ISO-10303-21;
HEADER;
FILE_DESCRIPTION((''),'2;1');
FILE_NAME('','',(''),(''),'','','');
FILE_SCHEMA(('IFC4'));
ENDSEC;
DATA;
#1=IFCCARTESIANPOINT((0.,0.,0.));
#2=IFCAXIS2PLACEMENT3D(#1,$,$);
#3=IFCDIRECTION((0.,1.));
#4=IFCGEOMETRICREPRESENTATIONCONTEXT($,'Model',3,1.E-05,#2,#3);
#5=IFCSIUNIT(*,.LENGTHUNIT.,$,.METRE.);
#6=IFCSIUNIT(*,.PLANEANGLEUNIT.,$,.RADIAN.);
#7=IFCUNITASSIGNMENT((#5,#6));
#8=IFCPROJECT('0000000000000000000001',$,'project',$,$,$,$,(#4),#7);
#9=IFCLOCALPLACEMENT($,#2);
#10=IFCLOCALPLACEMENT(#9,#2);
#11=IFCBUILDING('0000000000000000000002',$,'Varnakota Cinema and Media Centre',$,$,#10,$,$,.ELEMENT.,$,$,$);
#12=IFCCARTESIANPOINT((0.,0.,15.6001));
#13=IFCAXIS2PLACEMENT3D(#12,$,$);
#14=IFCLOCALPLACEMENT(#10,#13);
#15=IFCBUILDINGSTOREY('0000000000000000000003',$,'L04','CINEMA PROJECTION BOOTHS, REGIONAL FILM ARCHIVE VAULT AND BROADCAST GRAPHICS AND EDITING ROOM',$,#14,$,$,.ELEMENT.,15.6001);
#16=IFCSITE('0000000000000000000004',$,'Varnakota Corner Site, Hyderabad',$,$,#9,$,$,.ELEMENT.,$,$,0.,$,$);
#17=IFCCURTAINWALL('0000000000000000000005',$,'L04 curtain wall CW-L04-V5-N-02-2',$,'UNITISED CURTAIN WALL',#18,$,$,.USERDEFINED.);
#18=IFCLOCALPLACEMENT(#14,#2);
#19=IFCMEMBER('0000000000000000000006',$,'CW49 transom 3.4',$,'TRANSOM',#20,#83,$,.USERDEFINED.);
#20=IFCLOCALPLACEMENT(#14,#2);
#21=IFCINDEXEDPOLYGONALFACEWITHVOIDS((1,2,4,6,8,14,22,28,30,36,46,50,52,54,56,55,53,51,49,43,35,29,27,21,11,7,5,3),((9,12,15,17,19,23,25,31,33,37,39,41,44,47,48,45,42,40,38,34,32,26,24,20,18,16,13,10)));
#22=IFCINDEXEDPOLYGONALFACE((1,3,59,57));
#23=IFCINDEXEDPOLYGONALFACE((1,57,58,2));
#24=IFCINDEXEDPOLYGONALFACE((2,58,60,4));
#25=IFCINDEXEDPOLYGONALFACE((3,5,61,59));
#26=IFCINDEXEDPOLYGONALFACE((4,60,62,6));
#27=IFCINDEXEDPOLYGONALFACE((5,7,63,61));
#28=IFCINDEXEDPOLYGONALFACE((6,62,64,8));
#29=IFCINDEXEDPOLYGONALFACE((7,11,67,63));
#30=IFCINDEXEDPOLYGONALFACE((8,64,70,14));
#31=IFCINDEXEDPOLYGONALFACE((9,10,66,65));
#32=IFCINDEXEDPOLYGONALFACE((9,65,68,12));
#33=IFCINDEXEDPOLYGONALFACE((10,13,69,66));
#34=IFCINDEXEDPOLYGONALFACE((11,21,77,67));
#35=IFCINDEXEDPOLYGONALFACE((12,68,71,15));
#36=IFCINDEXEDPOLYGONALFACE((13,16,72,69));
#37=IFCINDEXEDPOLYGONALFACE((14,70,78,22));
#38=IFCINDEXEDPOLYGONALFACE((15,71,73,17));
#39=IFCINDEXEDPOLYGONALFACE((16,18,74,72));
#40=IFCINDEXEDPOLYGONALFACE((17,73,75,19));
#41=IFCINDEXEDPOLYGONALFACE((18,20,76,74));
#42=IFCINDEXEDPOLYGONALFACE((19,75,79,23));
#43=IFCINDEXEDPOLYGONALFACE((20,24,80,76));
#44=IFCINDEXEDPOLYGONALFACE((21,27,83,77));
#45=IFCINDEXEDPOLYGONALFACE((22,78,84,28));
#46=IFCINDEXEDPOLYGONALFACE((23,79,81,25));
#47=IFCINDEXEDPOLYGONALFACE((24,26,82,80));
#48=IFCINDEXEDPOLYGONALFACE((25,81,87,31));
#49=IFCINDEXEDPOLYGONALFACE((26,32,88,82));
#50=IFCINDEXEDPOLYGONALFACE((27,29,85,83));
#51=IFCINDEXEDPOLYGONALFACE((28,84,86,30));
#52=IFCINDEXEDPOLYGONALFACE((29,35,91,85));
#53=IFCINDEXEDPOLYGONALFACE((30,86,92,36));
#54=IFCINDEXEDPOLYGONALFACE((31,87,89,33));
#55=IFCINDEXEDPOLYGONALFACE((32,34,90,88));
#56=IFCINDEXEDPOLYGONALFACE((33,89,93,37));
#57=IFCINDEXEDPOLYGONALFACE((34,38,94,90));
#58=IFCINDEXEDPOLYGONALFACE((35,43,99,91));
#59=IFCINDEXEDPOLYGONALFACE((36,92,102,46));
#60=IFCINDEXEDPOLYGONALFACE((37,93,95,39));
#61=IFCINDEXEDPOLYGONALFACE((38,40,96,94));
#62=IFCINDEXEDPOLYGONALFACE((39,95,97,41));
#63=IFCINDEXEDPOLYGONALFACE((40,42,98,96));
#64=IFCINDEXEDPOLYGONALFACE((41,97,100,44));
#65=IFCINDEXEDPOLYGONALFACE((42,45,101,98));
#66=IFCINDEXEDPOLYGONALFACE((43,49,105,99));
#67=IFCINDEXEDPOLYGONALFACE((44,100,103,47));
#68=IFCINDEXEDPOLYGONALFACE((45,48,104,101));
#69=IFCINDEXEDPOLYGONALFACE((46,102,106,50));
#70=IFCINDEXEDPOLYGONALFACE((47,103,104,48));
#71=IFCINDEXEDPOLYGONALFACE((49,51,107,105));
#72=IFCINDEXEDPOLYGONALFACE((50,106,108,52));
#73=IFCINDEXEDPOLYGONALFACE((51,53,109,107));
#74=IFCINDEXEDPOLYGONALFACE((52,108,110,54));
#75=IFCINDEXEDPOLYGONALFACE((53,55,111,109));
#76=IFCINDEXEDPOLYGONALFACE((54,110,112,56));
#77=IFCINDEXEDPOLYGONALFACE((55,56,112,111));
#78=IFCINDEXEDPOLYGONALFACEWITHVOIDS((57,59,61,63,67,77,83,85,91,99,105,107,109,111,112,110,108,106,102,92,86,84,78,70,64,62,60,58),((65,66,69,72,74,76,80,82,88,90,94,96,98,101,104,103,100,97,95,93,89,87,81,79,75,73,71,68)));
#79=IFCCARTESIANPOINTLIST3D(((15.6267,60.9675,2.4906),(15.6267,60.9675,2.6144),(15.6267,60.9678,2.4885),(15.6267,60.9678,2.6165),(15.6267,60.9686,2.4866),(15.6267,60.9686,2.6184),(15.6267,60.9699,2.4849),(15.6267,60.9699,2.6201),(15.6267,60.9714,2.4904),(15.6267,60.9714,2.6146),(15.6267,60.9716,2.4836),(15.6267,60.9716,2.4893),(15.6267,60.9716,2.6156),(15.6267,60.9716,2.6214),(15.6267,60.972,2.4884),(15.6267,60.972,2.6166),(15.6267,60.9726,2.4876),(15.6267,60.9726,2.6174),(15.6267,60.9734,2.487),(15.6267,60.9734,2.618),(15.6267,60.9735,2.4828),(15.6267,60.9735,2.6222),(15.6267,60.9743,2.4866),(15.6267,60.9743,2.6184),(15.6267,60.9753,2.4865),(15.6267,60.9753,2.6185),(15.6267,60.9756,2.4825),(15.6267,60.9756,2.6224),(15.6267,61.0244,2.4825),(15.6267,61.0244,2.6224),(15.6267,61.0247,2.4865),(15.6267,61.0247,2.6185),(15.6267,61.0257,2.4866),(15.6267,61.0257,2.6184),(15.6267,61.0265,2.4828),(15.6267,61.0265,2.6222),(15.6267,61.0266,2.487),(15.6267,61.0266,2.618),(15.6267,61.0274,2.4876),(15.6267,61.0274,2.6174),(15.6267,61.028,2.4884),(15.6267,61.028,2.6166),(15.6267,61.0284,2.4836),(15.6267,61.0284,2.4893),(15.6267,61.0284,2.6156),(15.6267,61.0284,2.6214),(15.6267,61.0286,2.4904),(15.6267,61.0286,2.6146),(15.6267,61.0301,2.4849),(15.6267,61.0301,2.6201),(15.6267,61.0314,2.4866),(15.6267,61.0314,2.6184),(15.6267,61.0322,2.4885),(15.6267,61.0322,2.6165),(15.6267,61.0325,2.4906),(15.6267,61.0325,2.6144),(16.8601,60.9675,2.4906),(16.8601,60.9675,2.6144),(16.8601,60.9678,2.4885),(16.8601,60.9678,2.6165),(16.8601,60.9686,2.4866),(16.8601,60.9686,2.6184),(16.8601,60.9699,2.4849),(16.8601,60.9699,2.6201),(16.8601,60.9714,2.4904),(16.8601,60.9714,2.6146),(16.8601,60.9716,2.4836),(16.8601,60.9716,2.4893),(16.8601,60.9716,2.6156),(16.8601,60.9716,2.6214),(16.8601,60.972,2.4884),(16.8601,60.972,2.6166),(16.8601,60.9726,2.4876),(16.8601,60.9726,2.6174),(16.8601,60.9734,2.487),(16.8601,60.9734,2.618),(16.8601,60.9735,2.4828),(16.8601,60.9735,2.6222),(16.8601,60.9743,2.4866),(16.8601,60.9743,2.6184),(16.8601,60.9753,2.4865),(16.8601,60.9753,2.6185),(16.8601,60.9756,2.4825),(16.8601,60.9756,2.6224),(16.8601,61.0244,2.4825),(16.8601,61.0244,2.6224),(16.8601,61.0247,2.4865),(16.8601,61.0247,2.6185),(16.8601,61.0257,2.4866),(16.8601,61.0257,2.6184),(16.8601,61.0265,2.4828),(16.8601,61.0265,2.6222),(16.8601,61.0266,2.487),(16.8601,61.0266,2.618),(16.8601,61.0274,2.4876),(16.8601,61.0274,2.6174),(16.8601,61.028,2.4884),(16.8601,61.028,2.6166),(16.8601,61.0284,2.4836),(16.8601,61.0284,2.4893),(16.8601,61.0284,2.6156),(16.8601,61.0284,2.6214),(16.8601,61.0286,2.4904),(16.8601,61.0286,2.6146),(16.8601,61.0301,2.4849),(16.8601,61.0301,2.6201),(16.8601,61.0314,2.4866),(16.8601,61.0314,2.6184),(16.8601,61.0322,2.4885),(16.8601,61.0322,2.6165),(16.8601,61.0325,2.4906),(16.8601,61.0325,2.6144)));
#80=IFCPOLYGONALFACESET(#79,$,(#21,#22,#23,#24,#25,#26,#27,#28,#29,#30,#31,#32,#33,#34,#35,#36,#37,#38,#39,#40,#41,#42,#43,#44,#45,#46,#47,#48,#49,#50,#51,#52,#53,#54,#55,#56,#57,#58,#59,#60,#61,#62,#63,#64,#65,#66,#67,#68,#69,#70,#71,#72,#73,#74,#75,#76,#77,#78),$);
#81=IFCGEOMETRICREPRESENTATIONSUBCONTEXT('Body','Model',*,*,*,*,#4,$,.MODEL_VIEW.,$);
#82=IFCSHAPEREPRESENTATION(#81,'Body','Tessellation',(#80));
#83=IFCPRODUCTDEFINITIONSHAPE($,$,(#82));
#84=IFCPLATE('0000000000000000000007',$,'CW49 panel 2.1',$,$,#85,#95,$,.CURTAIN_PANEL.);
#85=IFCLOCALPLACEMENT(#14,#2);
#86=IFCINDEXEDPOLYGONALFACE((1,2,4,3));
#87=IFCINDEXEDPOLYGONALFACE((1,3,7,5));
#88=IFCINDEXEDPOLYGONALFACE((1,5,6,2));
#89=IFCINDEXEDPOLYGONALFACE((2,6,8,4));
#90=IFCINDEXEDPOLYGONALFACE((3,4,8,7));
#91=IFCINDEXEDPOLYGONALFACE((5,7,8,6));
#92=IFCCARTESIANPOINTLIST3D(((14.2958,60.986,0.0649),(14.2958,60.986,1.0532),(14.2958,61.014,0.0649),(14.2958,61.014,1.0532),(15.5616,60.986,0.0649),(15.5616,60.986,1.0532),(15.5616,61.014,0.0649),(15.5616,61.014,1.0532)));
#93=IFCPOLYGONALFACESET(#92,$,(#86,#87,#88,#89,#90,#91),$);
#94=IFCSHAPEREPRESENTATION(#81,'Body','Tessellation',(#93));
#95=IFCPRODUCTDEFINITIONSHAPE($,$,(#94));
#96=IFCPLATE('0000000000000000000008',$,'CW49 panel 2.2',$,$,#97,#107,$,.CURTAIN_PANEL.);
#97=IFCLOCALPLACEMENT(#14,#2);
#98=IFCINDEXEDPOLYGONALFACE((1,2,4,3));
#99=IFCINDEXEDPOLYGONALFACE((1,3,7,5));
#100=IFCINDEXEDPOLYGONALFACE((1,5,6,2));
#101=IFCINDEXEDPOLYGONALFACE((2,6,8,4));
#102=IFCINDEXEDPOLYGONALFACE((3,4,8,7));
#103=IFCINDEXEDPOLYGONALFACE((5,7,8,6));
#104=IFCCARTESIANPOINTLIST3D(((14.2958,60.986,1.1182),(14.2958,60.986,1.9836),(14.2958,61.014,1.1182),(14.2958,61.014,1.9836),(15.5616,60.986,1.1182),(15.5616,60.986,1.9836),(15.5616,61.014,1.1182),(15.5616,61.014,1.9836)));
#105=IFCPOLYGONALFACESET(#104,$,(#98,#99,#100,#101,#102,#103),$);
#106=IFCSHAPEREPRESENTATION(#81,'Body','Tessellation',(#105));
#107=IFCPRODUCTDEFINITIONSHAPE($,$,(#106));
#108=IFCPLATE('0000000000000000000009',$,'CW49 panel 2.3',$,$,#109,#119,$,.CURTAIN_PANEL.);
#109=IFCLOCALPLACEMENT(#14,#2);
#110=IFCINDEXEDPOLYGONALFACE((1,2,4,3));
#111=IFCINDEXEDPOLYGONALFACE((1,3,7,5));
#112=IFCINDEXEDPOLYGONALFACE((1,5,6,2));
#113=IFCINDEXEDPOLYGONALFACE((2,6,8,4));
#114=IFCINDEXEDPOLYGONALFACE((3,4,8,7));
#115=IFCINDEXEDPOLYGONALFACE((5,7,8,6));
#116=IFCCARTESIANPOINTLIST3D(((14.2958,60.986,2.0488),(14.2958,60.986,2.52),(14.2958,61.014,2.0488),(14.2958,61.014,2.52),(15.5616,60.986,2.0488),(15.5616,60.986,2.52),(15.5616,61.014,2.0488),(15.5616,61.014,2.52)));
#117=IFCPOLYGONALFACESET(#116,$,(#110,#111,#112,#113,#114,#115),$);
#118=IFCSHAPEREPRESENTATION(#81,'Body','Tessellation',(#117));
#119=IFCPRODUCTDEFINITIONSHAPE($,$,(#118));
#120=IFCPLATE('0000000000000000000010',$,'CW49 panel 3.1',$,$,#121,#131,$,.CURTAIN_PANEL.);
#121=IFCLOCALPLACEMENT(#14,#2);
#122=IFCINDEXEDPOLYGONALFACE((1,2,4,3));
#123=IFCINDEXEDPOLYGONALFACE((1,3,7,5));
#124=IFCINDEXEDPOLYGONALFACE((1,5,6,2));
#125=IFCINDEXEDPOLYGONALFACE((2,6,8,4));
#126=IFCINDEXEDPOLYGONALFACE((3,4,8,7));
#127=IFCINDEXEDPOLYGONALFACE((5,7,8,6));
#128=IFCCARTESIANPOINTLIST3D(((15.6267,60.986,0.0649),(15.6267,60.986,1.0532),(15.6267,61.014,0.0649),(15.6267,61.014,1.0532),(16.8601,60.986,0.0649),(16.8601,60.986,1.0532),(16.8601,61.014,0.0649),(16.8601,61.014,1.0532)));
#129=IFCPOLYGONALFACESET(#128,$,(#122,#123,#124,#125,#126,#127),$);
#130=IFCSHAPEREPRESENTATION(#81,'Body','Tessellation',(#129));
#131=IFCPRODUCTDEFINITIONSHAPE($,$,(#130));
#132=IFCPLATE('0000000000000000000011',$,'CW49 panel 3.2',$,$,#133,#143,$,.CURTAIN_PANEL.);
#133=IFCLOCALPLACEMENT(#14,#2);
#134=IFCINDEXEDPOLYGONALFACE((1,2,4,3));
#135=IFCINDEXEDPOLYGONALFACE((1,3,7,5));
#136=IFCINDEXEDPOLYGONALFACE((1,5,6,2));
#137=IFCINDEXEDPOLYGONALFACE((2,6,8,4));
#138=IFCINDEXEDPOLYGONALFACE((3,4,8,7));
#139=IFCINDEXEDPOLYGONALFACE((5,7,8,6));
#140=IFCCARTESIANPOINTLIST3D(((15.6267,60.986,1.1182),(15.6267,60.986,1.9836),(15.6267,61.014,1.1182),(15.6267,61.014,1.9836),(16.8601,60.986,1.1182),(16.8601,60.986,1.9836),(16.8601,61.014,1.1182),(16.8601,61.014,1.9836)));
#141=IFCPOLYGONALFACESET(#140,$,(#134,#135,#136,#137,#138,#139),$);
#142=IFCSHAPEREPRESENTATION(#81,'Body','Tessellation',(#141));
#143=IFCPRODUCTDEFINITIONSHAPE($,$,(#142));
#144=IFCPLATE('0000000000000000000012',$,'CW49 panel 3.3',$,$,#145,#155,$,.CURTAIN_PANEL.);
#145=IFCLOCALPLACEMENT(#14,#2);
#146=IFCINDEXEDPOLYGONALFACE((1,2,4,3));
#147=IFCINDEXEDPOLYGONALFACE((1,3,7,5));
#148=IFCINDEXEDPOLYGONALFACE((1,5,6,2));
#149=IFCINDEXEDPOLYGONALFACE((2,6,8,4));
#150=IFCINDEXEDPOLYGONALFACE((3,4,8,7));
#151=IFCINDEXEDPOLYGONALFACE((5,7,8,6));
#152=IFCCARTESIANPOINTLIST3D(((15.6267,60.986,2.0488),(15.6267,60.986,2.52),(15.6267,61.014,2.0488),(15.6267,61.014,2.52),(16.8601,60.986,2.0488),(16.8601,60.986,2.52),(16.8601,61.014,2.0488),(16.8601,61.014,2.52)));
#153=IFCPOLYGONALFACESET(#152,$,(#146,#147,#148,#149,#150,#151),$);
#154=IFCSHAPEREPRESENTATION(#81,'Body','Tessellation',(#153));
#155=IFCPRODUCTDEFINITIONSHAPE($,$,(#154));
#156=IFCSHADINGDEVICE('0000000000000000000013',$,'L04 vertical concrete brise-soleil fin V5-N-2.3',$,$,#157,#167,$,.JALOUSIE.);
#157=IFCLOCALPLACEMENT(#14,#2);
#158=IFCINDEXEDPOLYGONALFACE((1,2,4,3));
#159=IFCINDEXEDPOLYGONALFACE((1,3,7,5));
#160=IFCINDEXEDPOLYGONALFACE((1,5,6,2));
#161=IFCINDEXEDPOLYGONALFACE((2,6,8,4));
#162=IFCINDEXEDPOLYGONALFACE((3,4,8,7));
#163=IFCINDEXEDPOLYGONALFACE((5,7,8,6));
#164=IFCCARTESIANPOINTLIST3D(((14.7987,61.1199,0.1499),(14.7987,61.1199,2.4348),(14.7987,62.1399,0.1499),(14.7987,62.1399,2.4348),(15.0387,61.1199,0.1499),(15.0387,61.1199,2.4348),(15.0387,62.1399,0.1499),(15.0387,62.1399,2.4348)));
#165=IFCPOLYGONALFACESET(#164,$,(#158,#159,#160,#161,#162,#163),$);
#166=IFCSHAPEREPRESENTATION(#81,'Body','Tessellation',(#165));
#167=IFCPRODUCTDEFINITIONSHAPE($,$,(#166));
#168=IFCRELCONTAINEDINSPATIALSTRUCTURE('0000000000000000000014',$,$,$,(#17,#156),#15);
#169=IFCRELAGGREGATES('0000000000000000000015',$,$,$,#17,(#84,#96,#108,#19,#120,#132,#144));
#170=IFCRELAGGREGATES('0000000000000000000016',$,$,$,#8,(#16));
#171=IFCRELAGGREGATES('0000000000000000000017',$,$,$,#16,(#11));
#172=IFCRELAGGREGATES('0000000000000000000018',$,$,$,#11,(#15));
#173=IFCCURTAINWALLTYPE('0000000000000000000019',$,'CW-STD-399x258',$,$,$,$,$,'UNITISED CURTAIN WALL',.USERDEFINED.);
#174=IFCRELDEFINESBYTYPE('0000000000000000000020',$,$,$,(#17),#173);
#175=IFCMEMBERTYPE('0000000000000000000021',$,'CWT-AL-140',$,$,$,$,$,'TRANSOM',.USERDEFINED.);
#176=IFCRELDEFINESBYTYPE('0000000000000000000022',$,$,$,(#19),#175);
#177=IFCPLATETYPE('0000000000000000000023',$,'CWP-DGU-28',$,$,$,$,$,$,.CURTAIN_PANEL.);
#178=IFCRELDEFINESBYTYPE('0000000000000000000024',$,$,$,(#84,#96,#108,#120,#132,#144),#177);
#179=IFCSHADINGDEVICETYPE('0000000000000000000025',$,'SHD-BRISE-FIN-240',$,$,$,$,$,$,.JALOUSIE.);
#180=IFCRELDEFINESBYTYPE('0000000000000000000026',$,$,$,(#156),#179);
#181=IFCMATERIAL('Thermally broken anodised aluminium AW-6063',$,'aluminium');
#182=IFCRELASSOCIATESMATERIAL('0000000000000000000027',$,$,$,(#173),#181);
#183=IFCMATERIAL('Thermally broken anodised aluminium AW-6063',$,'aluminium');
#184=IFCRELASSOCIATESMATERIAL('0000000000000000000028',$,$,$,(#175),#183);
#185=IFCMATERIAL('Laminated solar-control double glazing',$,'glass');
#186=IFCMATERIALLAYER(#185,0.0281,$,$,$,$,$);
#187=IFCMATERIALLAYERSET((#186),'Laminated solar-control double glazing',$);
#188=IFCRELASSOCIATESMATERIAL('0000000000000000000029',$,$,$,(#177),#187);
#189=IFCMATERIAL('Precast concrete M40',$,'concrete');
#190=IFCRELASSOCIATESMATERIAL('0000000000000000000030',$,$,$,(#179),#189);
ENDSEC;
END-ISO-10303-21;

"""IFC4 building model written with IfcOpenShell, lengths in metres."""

from ifc_helpers import new_model, si_unit, direction, frame, origin, origin_2d, place, context, subcontext, project, spatial, rectangle, hollow_rectangle, extrude, material, layer, layer_set, material_profile, profile_set, type_object, element, aggregate, save


model = new_model("IFC4")

# Units and contexts
model_context = context("Model", 3, precision=1e-05, world=origin(), true_north=direction((0.0, 1.0)))
body_context = subcontext(model_context, "Body", "Model", "MODEL_VIEW")
ifc_project = project(units=[si_unit("LENGTHUNIT", "METRE"), si_unit("PLANEANGLEUNIT", "RADIAN")], contexts=[model_context])

# Site, building, storey
site_placement = place(None, origin())
site = spatial("IfcSite", under=ifc_project, at=site_placement, Name="Varnakota Corner Site, Hyderabad", CompositionType="ELEMENT", RefElevation=0.0)
building_placement = place(site_placement, origin())
building = spatial("IfcBuilding", under=site, at=building_placement, Name="Varnakota Cinema and Media Centre", CompositionType="ELEMENT")
storey_placement = place(building_placement, frame((0.0, 0.0, 15.6001)))
storey = spatial("IfcBuildingStorey", under=building, at=storey_placement, Name="L04", Description="CINEMA PROJECTION BOOTHS, REGIONAL FILM ARCHIVE VAULT AND BROADCAST GRAPHICS AND EDITING ROOM", CompositionType="ELEMENT", Elevation=15.6001)

# Curtain wall, member, plates
ifc_material_1 = material(Name="Thermally broken anodised aluminium AW-6063", Category="aluminium")
curtain_wall_type_1 = type_object("IfcCurtainWallType", Name="CW-STD-399x258", ElementType="UNITISED CURTAIN WALL", PredefinedType="USERDEFINED", material=ifc_material_1)
curtain_wall_1_placement = place(storey_placement, origin())
curtain_wall_1 = element("IfcCurtainWall", 1, at=curtain_wall_1_placement, inside=storey, type_object=curtain_wall_type_1, Name="L04 curtain wall CW-L04-V5-N-02-2", ObjectType="UNITISED CURTAIN WALL", PredefinedType="USERDEFINED")
ifc_material_2 = material(Name="Thermally broken anodised aluminium AW-6063", Category="aluminium")
ifc_material_profile_1 = material_profile(ifc_material_2, hollow_rectangle(XDim=0.0649, YDim=0.1399, WallThickness=0.0039, InnerFilletRadius=0.0039, OuterFilletRadius=0.0081, at=origin_2d()), Name="AL-TRANSOM 140x65x4")
ifc_profile_set_1 = profile_set([ifc_material_profile_1], Name="Thermally broken anodised aluminium AW-6063")
member_type_1 = type_object("IfcMemberType", Name="CWT-AL-140", ElementType="TRANSOM", PredefinedType="USERDEFINED", material=ifc_profile_set_1)
member_1_placement = place(storey_placement, frame((15.6267, 61.0, 2.5525), z_axis=(1.0, 0.0, 0.0), x_axis=(0.0, 1.0, 0.0)))
member_1 = element("IfcMember", 2, at=member_1_placement, type_object=member_type_1, Name="CW49 transom 3.4", ObjectType="TRANSOM", PredefinedType="USERDEFINED", context=body_context, shape_type="SweptSolid", body=[
    extrude(hollow_rectangle(XDim=0.0649, YDim=0.1399, WallThickness=0.0039, InnerFilletRadius=0.0039, OuterFilletRadius=0.0081, at=origin_2d()), origin(), (0.0, 0.0, 1.0), 1.2334),
])
ifc_material_3 = material(Name="Laminated solar-control double glazing", Category="glass")
ifc_layer_1 = layer(ifc_material_3, 0.0281)
ifc_layer_set_1 = layer_set([ifc_layer_1], Name="Laminated solar-control double glazing")
plate_type = type_object("IfcPlateType", Name="CWP-DGU-28", PredefinedType="CURTAIN_PANEL", material=ifc_layer_set_1)
plate_1_placement = place(storey_placement, frame((14.9287, 61.0, 0.0649), z_axis=(0.0, 0.0, 1.0), x_axis=(1.0, 0.0, 0.0)))
plate_1 = element("IfcPlate", 3, at=plate_1_placement, type_object=plate_type, Name="CW49 panel 2.1", PredefinedType="CURTAIN_PANEL", context=body_context, shape_type="SweptSolid", body=[
    extrude(rectangle(XDim=1.2659, YDim=0.0281, at=origin_2d()), origin(), (0.0, 0.0, 1.0), 0.9883),
])
plate_2_placement = place(storey_placement, frame((14.9287, 61.0, 1.1182), z_axis=(0.0, 0.0, 1.0), x_axis=(1.0, 0.0, 0.0)))
plate_2 = element("IfcPlate", 4, at=plate_2_placement, type_object=plate_type, Name="CW49 panel 2.2", PredefinedType="CURTAIN_PANEL", context=body_context, shape_type="SweptSolid", body=[
    extrude(rectangle(XDim=1.2659, YDim=0.0281, at=origin_2d()), origin(), (0.0, 0.0, 1.0), 0.8655),
])
plate_3_placement = place(storey_placement, frame((14.9287, 61.0, 2.0488), z_axis=(0.0, 0.0, 1.0), x_axis=(1.0, 0.0, 0.0)))
plate_3 = element("IfcPlate", 5, at=plate_3_placement, type_object=plate_type, Name="CW49 panel 2.3", PredefinedType="CURTAIN_PANEL", context=body_context, shape_type="SweptSolid", body=[
    extrude(rectangle(XDim=1.2659, YDim=0.0281, at=origin_2d()), origin(), (0.0, 0.0, 1.0), 0.4712),
])
plate_4_placement = place(storey_placement, frame((16.2434, 61.0, 0.0649), z_axis=(0.0, 0.0, 1.0), x_axis=(1.0, 0.0, 0.0)))
plate_4 = element("IfcPlate", 6, at=plate_4_placement, type_object=plate_type, Name="CW49 panel 3.1", PredefinedType="CURTAIN_PANEL", context=body_context, shape_type="SweptSolid", body=[
    extrude(rectangle(XDim=1.2334, YDim=0.0281, at=origin_2d()), origin(), (0.0, 0.0, 1.0), 0.9883),
])
plate_5_placement = place(storey_placement, frame((16.2434, 61.0, 1.1182), z_axis=(0.0, 0.0, 1.0), x_axis=(1.0, 0.0, 0.0)))
plate_5 = element("IfcPlate", 7, at=plate_5_placement, type_object=plate_type, Name="CW49 panel 3.2", PredefinedType="CURTAIN_PANEL", context=body_context, shape_type="SweptSolid", body=[
    extrude(rectangle(XDim=1.2334, YDim=0.0281, at=origin_2d()), origin(), (0.0, 0.0, 1.0), 0.8655),
])
plate_6_placement = place(storey_placement, frame((16.2434, 61.0, 2.0488), z_axis=(0.0, 0.0, 1.0), x_axis=(1.0, 0.0, 0.0)))
plate_6 = element("IfcPlate", 8, at=plate_6_placement, type_object=plate_type, Name="CW49 panel 3.3", PredefinedType="CURTAIN_PANEL", context=body_context, shape_type="SweptSolid", body=[
    extrude(rectangle(XDim=1.2334, YDim=0.0281, at=origin_2d()), origin(), (0.0, 0.0, 1.0), 0.4712),
])
aggregate(curtain_wall_1, [plate_1, plate_2, plate_3, member_1, plate_4, plate_5, plate_6])

# Shading device
ifc_material_4 = material(Name="Precast concrete M40", Category="concrete")
shading_device_type = type_object("IfcShadingDeviceType", Name="SHD-BRISE-FIN-240", PredefinedType="JALOUSIE", material=ifc_material_4)
shading_device_placement = place(storey_placement, frame((14.9187, 61.6299, 0.1499), z_axis=(0.0, 0.0, 1.0), x_axis=(1.0, 0.0, 0.0)))
element("IfcShadingDevice", 9, at=shading_device_placement, inside=storey, type_object=shading_device_type, Name="L04 vertical concrete brise-soleil fin V5-N-2.3", PredefinedType="JALOUSIE", context=body_context, shape_type="SweptSolid", body=[
    extrude(rectangle(XDim=0.24, YDim=1.02, at=origin_2d()), origin(), (0.0, 0.0, 1.0), 2.2849),
])

save(model, "model.ifc")
